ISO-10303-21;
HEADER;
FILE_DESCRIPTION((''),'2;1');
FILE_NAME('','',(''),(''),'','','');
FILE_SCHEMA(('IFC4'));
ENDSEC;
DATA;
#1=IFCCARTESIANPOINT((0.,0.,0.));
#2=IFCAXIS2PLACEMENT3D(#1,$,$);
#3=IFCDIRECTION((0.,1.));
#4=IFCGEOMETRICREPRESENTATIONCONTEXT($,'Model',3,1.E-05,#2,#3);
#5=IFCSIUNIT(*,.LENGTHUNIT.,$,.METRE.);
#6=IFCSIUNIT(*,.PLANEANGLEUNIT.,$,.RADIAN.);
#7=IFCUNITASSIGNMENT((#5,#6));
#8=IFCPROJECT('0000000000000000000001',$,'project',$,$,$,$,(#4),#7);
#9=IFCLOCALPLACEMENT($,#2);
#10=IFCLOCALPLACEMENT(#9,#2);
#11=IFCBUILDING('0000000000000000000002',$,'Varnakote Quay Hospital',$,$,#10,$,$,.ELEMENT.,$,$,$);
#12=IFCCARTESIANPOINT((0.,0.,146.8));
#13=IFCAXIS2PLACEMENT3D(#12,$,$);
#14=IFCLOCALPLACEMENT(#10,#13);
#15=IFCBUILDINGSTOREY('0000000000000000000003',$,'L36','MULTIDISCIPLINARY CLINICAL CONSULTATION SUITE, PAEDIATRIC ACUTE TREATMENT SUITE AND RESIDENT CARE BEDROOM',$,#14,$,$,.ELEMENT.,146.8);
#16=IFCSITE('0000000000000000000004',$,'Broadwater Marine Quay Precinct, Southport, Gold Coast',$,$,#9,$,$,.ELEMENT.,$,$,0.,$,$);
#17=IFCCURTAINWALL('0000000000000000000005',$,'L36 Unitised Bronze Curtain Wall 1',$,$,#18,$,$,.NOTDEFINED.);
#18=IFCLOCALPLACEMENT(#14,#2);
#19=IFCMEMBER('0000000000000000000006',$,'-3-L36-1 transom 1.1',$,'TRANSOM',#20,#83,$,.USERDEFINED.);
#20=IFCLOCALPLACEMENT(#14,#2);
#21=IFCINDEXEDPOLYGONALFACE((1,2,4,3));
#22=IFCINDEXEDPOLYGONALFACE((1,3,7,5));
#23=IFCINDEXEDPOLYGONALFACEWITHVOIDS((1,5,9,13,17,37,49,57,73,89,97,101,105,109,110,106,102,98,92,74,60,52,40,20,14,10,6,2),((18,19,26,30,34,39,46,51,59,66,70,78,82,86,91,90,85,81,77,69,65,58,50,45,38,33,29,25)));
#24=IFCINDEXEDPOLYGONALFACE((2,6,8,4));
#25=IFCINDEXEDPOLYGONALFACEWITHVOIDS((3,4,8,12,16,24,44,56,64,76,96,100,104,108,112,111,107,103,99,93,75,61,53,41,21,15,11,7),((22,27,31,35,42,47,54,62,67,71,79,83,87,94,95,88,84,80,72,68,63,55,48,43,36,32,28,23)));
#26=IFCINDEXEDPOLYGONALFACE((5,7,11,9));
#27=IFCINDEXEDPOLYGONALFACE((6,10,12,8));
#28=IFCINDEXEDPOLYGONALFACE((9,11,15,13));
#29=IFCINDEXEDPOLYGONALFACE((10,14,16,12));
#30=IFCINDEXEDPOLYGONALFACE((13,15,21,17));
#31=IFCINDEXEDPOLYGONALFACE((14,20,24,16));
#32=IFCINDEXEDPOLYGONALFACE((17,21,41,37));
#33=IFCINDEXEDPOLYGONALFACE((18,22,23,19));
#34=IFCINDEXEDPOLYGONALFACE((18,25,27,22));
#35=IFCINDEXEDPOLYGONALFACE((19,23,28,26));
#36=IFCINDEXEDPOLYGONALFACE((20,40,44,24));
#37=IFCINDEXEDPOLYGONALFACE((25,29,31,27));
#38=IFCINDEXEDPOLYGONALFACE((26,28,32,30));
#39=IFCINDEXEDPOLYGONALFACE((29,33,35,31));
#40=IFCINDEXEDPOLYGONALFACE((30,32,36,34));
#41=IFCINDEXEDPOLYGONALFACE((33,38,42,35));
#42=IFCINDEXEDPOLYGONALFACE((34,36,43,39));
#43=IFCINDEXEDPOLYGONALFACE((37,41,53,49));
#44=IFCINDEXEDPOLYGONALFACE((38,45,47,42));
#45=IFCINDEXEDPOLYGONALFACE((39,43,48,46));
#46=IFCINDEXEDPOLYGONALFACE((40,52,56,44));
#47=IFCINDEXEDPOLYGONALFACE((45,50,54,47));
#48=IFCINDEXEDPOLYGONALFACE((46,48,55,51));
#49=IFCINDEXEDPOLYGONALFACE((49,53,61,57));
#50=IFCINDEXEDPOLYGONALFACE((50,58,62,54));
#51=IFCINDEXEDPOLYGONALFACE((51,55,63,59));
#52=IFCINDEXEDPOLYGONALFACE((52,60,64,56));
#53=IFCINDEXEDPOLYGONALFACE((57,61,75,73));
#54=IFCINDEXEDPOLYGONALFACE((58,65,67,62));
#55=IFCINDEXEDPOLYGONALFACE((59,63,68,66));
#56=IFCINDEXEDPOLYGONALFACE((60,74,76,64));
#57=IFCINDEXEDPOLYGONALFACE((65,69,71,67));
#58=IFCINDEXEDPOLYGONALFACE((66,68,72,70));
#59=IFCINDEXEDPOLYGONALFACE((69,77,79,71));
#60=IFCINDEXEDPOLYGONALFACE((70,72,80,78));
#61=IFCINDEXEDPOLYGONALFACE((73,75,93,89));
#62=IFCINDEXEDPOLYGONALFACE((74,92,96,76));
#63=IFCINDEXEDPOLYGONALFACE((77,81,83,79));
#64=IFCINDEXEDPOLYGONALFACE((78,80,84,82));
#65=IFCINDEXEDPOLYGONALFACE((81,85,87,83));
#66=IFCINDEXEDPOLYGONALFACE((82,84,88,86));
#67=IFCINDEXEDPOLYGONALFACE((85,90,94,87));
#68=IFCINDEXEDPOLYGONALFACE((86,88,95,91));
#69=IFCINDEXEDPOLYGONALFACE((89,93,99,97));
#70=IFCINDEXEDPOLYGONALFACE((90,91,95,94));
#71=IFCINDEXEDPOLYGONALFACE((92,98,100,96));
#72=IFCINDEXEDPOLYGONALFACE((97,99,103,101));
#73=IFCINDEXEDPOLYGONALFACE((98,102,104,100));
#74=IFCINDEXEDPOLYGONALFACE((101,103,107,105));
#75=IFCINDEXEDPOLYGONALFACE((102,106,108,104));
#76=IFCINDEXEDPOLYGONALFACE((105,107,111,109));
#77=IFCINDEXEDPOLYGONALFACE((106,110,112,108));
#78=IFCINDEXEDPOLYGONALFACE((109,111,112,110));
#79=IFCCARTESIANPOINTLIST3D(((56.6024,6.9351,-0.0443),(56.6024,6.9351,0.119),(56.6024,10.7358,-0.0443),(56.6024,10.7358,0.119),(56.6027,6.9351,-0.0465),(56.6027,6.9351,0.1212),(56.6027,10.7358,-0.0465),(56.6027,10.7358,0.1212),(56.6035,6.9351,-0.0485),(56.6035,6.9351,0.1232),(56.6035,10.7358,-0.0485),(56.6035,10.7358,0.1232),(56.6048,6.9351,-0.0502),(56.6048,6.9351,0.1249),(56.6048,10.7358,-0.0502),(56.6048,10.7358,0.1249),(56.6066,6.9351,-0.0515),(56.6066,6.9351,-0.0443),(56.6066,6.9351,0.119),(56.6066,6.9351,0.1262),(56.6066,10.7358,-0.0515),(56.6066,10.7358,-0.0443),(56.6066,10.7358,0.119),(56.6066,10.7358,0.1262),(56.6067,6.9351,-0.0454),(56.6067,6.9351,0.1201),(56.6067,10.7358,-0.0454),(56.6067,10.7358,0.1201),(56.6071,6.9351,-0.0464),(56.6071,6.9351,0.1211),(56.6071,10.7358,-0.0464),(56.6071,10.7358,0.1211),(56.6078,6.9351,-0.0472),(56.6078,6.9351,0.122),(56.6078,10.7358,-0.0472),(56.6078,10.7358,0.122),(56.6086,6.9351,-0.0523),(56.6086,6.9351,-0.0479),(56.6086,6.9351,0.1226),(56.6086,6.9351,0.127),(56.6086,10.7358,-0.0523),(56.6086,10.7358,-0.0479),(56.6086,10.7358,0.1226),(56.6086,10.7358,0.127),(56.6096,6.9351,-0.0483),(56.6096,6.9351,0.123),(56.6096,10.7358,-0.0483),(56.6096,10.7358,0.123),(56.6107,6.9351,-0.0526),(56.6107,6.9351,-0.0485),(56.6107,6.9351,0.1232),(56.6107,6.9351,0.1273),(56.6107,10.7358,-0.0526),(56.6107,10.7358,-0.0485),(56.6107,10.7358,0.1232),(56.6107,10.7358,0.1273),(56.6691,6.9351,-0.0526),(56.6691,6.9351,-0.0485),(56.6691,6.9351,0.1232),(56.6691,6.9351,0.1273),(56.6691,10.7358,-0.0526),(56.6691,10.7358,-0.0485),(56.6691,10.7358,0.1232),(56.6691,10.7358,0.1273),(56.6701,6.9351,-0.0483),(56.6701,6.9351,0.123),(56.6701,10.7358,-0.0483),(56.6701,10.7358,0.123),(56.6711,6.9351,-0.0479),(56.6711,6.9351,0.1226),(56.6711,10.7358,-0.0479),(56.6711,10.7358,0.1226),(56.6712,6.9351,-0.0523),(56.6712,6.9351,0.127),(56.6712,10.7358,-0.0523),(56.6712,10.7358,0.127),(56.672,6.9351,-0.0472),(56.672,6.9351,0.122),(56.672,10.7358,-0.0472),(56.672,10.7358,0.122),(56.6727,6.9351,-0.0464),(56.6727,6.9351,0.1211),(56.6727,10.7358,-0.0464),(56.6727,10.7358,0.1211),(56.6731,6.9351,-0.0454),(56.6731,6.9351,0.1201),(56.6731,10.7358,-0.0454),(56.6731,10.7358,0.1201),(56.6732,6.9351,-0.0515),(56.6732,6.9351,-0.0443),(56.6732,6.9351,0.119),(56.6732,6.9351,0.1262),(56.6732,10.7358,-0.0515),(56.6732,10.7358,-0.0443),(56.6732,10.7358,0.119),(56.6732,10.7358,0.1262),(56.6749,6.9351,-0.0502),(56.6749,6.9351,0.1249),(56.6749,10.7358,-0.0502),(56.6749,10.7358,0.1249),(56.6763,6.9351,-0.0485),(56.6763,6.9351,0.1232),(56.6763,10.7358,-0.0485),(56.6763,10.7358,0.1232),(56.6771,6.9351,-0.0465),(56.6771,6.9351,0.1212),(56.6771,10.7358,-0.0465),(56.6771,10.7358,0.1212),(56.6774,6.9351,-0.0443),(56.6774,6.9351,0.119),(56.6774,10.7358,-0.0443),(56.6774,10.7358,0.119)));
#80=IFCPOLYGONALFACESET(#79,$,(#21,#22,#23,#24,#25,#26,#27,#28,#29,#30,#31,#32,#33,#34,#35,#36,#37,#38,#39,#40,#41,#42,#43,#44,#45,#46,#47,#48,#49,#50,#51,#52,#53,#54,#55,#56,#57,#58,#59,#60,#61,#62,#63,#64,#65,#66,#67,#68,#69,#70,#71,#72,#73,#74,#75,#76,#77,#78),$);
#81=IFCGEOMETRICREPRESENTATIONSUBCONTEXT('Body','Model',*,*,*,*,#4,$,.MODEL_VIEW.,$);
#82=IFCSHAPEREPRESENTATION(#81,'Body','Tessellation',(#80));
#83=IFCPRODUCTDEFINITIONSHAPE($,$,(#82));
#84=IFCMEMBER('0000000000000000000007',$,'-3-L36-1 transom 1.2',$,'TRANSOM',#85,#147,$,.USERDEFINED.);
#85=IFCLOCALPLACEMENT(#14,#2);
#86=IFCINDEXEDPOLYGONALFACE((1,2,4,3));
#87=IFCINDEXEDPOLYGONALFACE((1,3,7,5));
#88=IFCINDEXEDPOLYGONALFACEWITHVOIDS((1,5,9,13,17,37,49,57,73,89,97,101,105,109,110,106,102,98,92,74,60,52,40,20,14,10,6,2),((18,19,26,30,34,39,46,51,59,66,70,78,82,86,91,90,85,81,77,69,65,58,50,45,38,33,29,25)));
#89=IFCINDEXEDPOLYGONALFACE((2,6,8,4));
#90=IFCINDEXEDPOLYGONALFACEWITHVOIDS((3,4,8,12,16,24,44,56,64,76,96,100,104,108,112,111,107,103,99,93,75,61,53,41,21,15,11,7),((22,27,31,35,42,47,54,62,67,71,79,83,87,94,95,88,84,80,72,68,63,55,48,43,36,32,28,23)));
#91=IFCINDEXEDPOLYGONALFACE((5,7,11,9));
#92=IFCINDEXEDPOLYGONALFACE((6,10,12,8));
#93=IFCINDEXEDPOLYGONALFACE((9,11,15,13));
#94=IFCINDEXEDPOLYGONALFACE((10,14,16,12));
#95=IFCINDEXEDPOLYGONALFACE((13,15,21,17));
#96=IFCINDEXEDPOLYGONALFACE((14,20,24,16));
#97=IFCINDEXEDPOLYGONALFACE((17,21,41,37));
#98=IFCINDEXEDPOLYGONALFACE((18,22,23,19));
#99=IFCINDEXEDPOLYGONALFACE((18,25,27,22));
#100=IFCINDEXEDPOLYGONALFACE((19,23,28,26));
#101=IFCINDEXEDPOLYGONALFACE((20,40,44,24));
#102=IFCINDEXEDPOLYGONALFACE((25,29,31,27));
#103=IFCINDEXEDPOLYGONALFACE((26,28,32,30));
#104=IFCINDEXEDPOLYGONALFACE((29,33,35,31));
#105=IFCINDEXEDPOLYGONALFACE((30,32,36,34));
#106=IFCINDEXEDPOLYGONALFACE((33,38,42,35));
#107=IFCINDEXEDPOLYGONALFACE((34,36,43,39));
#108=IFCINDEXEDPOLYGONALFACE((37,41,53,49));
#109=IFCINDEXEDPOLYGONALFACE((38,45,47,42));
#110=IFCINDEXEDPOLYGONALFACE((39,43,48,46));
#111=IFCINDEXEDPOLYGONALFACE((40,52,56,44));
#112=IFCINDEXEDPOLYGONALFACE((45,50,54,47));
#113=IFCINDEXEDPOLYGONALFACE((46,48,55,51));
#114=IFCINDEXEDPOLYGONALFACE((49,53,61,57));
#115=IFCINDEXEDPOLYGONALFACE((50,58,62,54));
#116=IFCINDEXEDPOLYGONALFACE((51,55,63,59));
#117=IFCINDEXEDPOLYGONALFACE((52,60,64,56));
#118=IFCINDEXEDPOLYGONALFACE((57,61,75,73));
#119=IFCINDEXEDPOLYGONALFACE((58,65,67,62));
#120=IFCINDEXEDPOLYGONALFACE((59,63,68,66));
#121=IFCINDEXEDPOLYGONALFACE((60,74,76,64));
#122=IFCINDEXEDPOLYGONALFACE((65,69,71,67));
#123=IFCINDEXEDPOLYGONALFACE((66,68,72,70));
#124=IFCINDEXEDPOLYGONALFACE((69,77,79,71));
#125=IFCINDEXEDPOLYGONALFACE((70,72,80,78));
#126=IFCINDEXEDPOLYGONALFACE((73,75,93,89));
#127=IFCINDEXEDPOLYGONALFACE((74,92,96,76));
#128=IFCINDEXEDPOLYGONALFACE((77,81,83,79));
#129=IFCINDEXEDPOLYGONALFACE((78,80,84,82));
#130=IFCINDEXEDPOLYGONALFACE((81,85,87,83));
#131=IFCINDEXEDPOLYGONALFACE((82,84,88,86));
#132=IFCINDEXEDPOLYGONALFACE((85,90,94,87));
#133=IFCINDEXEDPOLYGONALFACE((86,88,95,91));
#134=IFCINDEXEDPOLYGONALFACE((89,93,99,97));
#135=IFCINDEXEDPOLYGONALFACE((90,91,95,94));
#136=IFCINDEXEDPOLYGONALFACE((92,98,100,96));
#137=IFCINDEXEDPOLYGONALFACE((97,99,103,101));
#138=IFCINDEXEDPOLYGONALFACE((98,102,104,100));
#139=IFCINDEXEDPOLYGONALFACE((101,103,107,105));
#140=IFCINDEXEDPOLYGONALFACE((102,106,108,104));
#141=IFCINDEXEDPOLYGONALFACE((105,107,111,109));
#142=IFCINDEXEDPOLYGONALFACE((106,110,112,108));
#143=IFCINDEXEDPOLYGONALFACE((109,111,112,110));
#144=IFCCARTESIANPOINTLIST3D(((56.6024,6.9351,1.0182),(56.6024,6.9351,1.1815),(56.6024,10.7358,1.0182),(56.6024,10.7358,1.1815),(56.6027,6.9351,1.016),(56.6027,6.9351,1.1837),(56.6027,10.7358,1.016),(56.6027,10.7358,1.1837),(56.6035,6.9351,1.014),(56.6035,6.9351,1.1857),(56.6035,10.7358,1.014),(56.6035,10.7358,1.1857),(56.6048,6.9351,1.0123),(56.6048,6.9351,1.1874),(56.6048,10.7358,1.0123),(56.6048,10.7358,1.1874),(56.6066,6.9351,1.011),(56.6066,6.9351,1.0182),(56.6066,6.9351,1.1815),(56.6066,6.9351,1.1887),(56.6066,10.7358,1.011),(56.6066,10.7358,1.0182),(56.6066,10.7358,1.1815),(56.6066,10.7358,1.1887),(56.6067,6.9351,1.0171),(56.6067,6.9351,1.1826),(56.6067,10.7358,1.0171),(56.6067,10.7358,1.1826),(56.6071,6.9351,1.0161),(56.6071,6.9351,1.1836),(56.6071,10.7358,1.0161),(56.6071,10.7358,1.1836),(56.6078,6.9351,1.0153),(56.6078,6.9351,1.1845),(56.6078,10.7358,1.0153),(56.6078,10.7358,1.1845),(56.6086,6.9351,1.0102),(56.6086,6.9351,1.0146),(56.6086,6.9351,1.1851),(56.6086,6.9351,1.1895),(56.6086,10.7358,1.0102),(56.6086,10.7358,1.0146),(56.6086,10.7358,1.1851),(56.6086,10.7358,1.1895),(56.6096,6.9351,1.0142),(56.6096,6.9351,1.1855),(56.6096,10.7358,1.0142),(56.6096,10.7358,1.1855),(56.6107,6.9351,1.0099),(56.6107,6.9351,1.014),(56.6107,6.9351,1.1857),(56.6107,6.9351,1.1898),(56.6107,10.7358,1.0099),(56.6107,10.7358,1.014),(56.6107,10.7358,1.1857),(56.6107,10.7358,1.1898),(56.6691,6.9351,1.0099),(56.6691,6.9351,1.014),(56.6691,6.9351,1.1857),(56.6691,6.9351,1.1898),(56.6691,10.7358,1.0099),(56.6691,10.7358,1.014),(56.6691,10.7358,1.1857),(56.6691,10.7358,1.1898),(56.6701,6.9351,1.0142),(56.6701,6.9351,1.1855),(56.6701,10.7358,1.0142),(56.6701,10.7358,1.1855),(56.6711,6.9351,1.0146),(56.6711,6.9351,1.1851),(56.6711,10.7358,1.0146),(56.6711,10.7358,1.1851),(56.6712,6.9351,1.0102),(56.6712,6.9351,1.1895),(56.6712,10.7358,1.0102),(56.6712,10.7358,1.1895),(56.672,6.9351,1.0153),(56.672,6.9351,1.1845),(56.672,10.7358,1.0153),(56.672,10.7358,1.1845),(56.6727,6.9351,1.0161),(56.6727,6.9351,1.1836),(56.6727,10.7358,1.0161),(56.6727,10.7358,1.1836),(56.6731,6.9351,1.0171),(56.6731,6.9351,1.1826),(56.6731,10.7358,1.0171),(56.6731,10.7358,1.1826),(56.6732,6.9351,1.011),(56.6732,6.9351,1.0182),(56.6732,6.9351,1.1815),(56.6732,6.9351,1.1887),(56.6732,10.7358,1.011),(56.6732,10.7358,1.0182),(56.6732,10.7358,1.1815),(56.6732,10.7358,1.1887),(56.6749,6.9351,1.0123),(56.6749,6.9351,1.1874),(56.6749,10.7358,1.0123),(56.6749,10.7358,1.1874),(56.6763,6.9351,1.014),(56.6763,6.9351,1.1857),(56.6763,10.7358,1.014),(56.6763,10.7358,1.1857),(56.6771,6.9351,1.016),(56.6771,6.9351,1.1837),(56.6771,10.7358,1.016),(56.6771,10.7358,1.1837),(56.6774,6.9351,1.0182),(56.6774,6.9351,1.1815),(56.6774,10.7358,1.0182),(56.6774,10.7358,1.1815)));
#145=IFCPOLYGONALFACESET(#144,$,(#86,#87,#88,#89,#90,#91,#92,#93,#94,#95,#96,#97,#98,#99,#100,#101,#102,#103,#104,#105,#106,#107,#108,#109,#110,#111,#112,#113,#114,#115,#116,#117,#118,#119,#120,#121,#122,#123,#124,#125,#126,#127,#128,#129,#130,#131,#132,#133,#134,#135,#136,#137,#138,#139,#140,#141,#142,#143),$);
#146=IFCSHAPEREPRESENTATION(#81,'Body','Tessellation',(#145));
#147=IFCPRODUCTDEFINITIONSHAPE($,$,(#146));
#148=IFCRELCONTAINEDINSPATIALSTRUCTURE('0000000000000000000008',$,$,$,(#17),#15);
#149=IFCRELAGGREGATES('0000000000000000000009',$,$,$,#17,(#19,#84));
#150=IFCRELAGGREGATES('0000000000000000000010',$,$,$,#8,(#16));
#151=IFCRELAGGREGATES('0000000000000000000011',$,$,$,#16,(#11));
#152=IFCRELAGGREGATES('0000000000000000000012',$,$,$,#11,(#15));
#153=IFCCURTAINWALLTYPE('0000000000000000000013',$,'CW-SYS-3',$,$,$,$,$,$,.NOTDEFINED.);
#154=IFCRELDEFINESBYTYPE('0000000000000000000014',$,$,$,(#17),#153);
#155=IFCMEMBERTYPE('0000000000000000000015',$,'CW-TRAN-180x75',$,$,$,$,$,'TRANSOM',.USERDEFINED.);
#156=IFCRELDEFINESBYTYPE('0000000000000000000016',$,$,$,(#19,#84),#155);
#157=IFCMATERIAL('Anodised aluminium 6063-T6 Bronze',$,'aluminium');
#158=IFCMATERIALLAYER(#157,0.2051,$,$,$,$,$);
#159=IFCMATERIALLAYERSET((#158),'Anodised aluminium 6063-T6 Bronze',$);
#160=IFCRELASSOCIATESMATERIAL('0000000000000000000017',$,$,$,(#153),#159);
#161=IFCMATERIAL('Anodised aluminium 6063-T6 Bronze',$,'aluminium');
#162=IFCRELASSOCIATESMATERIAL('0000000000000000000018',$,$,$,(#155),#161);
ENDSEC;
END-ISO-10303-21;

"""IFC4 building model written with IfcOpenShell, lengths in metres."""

from ifc_helpers import new_model, si_unit, direction, frame, origin, origin_2d, place, context, subcontext, project, spatial, hollow_rectangle, extrude, material, layer, layer_set, material_profile, profile_set, type_object, element, aggregate, save


model = new_model("IFC4")

# Units and contexts
model_context = context("Model", 3, precision=1e-05, world=origin(), true_north=direction((0.0, 1.0)))
body_context = subcontext(model_context, "Body", "Model", "MODEL_VIEW")
ifc_project = project(units=[si_unit("LENGTHUNIT", "METRE"), si_unit("PLANEANGLEUNIT", "RADIAN")], contexts=[model_context])

# Site, building, storey
site_placement = place(None, origin())
site = spatial("IfcSite", under=ifc_project, at=site_placement, Name="Broadwater Marine Quay Precinct, Southport, Gold Coast", CompositionType="ELEMENT", RefElevation=0.0)
building_placement = place(site_placement, origin())
building = spatial("IfcBuilding", under=site, at=building_placement, Name="Varnakote Quay Hospital", CompositionType="ELEMENT")
storey_placement = place(building_placement, frame((0.0, 0.0, 146.8)))
storey = spatial("IfcBuildingStorey", under=building, at=storey_placement, Name="L36", Description="MULTIDISCIPLINARY CLINICAL CONSULTATION SUITE, PAEDIATRIC ACUTE TREATMENT SUITE AND RESIDENT CARE BEDROOM", CompositionType="ELEMENT", Elevation=146.8)

# Curtain wall, members
ifc_material_1 = material(Name="Anodised aluminium 6063-T6 Bronze", Category="aluminium")
ifc_layer_1 = layer(ifc_material_1, 0.2051)
ifc_layer_set_1 = layer_set([ifc_layer_1], Name="Anodised aluminium 6063-T6 Bronze")
curtain_wall_type = type_object("IfcCurtainWallType", Name="CW-SYS-3", PredefinedType="NOTDEFINED", material=ifc_layer_set_1)
curtain_wall_placement = place(storey_placement, origin())
curtain_wall = element("IfcCurtainWall", 1, at=curtain_wall_placement, inside=storey, type_object=curtain_wall_type, Name="L36 Unitised Bronze Curtain Wall 1", PredefinedType="NOTDEFINED")
ifc_material_2 = material(Name="Anodised aluminium 6063-T6 Bronze", Category="aluminium")
ifc_material_profile_1 = material_profile(ifc_material_2, hollow_rectangle(XDim=0.075, YDim=0.1799, WallThickness=0.0042, InnerFilletRadius=0.0042, OuterFilletRadius=0.0083, at=origin_2d()), Name="CW-TRAN-180x75")
ifc_profile_set_1 = profile_set([ifc_material_profile_1], Name="Anodised aluminium 6063-T6 Bronze")
member_type_1 = type_object("IfcMemberType", Name="CW-TRAN-180x75", ElementType="TRANSOM", PredefinedType="USERDEFINED", material=ifc_profile_set_1)
member_1_placement = place(storey_placement, frame((56.6399, 6.9351, 0.0374), z_axis=(0.0, 1.0, 0.0), x_axis=(-1.0, 0.0, 0.0)))
member_1 = element("IfcMember", 2, at=member_1_placement, type_object=member_type_1, Name="-3-L36-1 transom 1.1", ObjectType="TRANSOM", PredefinedType="USERDEFINED", context=body_context, shape_type="SweptSolid", body=[
    extrude(hollow_rectangle(XDim=0.075, YDim=0.1799, WallThickness=0.0042, InnerFilletRadius=0.0042, OuterFilletRadius=0.0083, at=origin_2d()), origin(), (0.0, 0.0, 1.0), 3.8008),
])
member_2_placement = place(storey_placement, frame((56.6399, 6.9351, 1.0999), z_axis=(0.0, 1.0, 0.0), x_axis=(-1.0, 0.0, 0.0)))
member_2 = element("IfcMember", 3, at=member_2_placement, type_object=member_type_1, Name="-3-L36-1 transom 1.2", ObjectType="TRANSOM", PredefinedType="USERDEFINED", context=body_context, shape_type="SweptSolid", body=[
    extrude(hollow_rectangle(XDim=0.075, YDim=0.1799, WallThickness=0.0042, InnerFilletRadius=0.0042, OuterFilletRadius=0.0083, at=origin_2d()), origin(), (0.0, 0.0, 1.0), 3.8008),
])
aggregate(curtain_wall, [member_1, member_2])

save(model, "model.ifc")
